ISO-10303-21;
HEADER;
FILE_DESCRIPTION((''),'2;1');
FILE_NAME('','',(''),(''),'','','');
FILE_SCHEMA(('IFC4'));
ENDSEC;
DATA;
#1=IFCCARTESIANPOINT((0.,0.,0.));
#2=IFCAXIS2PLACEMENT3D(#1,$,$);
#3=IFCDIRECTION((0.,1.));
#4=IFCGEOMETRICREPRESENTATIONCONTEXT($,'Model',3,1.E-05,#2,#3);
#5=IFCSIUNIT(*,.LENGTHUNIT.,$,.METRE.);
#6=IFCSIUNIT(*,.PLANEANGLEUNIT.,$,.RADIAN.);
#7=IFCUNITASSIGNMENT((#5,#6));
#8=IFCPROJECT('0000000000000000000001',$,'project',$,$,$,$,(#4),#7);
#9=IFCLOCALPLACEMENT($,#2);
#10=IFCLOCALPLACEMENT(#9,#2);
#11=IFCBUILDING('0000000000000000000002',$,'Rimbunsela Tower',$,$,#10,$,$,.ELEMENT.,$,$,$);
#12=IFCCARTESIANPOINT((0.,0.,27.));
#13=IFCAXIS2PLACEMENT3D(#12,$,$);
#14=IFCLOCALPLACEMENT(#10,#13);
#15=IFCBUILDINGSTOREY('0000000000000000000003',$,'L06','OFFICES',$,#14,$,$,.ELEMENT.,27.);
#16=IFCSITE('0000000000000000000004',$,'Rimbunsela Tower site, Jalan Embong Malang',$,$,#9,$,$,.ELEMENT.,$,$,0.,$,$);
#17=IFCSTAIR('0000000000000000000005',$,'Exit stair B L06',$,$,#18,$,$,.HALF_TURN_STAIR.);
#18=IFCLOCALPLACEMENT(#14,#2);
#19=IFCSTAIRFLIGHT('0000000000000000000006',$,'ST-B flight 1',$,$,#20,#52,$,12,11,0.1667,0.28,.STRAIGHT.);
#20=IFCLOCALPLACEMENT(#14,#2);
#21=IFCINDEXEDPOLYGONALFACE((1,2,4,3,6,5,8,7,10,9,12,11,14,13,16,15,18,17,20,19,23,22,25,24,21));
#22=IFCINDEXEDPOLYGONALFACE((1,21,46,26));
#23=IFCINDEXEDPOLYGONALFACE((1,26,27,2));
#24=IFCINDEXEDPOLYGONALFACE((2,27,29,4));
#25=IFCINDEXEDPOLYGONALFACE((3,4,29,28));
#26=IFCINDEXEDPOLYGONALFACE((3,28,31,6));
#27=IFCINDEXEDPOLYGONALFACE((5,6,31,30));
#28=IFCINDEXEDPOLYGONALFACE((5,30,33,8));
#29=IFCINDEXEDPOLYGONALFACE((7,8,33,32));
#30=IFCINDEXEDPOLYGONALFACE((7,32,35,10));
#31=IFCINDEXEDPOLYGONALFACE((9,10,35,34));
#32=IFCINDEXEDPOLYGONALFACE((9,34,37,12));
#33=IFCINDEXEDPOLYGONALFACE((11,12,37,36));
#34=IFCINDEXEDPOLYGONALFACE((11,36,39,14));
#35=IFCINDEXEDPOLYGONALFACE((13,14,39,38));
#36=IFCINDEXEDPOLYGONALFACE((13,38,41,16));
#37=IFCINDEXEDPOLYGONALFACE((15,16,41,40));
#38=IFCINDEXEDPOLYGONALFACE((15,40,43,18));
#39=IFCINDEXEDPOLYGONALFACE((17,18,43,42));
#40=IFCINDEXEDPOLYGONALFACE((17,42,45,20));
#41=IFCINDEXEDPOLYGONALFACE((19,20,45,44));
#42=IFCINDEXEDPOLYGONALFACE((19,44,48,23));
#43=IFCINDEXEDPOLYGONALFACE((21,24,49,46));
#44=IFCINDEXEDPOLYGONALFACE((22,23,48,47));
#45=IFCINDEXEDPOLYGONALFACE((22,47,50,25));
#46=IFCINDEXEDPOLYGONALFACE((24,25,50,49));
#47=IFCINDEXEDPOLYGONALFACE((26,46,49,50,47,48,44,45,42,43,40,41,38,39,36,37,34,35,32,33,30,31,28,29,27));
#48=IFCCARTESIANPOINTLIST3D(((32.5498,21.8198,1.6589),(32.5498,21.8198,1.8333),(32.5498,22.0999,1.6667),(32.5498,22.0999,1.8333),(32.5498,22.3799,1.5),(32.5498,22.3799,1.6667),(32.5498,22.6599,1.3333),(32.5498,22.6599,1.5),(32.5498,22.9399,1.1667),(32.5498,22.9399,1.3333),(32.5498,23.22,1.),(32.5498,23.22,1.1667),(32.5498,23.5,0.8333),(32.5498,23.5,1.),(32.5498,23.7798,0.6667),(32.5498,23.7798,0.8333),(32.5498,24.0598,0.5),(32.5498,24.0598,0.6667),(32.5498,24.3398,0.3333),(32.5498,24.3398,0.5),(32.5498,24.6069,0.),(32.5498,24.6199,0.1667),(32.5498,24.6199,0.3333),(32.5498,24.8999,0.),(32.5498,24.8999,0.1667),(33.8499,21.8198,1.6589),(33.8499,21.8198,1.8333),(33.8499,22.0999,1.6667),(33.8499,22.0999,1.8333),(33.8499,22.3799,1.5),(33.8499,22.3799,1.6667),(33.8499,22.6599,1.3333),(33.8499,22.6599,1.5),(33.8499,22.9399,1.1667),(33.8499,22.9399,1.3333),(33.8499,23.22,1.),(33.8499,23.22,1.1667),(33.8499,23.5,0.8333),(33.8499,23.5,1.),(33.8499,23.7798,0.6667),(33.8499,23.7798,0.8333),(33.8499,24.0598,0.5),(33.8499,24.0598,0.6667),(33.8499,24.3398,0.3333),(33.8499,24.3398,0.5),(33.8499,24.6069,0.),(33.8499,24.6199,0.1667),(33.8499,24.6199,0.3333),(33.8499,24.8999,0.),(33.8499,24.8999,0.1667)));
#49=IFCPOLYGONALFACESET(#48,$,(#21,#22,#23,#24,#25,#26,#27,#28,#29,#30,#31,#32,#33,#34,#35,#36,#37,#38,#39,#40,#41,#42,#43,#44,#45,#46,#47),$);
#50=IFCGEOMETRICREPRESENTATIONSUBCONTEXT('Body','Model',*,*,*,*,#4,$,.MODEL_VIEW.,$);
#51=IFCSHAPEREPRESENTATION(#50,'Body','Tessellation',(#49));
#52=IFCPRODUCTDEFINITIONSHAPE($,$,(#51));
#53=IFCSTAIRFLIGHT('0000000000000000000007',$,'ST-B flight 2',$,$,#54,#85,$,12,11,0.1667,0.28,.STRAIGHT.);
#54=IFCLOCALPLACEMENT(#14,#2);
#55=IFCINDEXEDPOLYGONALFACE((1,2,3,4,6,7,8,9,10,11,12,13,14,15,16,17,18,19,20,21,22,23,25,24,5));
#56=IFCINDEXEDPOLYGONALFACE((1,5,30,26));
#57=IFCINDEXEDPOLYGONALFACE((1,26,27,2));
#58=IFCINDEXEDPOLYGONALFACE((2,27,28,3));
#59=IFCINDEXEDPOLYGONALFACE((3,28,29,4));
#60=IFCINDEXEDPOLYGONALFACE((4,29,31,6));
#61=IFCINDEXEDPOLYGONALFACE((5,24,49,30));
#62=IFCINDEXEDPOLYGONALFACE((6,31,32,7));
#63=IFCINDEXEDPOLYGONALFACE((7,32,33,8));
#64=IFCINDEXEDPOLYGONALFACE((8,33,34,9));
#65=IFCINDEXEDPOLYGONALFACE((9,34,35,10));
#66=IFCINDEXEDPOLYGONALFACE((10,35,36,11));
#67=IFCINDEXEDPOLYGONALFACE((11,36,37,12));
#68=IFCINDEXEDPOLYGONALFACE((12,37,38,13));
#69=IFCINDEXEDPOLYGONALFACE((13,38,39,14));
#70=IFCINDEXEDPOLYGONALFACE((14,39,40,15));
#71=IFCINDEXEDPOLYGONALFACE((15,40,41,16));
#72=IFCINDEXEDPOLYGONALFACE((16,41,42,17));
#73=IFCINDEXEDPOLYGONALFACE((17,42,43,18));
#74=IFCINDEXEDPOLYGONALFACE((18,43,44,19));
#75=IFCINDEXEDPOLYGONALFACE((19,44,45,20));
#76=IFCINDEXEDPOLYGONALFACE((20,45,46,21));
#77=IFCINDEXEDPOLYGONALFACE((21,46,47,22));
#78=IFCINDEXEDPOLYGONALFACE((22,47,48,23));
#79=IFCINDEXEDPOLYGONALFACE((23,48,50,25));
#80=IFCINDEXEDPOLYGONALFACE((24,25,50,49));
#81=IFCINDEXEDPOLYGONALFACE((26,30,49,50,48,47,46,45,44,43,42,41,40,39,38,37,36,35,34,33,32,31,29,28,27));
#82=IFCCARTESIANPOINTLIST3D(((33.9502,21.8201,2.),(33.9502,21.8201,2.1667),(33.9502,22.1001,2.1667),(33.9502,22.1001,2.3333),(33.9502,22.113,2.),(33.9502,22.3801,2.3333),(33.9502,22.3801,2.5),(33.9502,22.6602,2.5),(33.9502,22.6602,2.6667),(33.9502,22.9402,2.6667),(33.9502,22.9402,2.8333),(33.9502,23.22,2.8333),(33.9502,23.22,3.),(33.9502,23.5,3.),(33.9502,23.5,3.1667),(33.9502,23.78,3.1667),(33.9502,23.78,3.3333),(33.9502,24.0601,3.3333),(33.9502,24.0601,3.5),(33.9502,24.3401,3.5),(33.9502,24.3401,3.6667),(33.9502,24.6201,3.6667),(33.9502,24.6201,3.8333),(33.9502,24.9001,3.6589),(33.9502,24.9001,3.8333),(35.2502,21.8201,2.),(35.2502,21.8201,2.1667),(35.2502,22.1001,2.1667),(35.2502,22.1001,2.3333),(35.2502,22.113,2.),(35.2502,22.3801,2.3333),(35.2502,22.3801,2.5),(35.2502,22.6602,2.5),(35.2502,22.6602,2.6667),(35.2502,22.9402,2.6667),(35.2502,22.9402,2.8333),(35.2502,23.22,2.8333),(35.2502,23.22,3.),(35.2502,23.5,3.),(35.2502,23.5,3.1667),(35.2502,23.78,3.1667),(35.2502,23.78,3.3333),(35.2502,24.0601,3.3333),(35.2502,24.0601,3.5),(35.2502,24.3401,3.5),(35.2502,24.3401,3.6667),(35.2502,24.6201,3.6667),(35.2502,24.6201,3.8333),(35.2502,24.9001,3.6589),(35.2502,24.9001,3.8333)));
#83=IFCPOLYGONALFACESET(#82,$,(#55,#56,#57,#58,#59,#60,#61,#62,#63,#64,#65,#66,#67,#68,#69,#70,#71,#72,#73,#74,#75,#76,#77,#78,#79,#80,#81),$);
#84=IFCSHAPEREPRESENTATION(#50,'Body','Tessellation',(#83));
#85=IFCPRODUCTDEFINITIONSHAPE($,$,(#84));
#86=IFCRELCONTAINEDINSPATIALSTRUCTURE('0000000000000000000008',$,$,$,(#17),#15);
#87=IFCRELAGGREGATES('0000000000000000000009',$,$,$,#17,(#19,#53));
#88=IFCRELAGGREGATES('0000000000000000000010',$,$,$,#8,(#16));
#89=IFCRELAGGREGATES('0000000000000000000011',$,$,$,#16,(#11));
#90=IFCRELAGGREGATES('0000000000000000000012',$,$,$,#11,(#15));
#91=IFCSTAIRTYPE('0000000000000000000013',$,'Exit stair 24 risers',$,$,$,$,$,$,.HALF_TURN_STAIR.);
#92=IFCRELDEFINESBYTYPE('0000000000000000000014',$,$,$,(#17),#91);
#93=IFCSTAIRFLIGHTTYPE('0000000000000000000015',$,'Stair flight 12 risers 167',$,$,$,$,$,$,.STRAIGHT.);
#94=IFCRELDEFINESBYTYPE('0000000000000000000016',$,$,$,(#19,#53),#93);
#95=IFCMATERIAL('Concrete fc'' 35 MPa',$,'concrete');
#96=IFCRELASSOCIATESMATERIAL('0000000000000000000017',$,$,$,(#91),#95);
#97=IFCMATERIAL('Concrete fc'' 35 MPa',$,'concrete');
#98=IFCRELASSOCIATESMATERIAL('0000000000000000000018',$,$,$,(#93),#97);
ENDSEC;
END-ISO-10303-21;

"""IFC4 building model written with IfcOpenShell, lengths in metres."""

from ifc_helpers import new_model, si_unit, direction, frame, origin, place, context, subcontext, project, spatial, polyline, outline, extrude, material, type_object, element, aggregate, save


model = new_model("IFC4")

# Units and contexts
model_context = context("Model", 3, precision=1e-05, world=origin(), true_north=direction((0.0, 1.0)))
body_context = subcontext(model_context, "Body", "Model", "MODEL_VIEW")
ifc_project = project(units=[si_unit("LENGTHUNIT", "METRE"), si_unit("PLANEANGLEUNIT", "RADIAN")], contexts=[model_context])

# Site, building, storey
site_placement = place(None, origin())
site = spatial("IfcSite", under=ifc_project, at=site_placement, Name="Rimbunsela Tower site, Jalan Embong Malang", CompositionType="ELEMENT", RefElevation=0.0)
building_placement = place(site_placement, origin())
building = spatial("IfcBuilding", under=site, at=building_placement, Name="Rimbunsela Tower", CompositionType="ELEMENT")
storey_placement = place(building_placement, frame((0.0, 0.0, 27.0)))
storey = spatial("IfcBuildingStorey", under=building, at=storey_placement, Name="L06", Description="OFFICES", CompositionType="ELEMENT", Elevation=27.0)

# Stair, stair flights
ifc_material_1 = material(Name="Concrete fc' 35 MPa", Category="concrete")
stair_type = type_object("IfcStairType", Name="Exit stair 24 risers", PredefinedType="HALF_TURN_STAIR", material=ifc_material_1)
stair_placement = place(storey_placement, origin())
stair = element("IfcStair", 1, at=stair_placement, inside=storey, type_object=stair_type, Name="Exit stair B L06", PredefinedType="HALF_TURN_STAIR")
ifc_material_2 = material(Name="Concrete fc' 35 MPa", Category="concrete")
stair_flight_type = type_object("IfcStairFlightType", Name="Stair flight 12 risers 167", PredefinedType="STRAIGHT", material=ifc_material_2)
stair_flight_1_placement = place(storey_placement, frame((33.2, 24.8999, 0.0), z_axis=(0.0, 0.0, 1.0), x_axis=(0.0, -1.0, 0.0)))
stair_flight_1 = element("IfcStairFlight", 2, at=stair_flight_1_placement, type_object=stair_flight_type, Name="ST-B flight 1", NumberOfRisers=12, NumberOfTreads=11, PredefinedType="STRAIGHT", RiserHeight=0.1667, TreadLength=0.28, context=body_context, shape_type="SweptSolid", body=[
    extrude(outline(polyline([(0.0, 0.0), (0.0, 0.1667), (0.28, 0.1667), (0.28, 0.3333), (0.5601, 0.3333), (0.5601, 0.5), (0.8401, 0.5), (0.8401, 0.6667), (1.1201, 0.6667), (1.1201, 0.8333), (1.3999, 0.8333), (1.3999, 1.0), (1.6799, 1.0), (1.6799, 1.1667), (1.96, 1.1667), (1.96, 1.3333), (2.24, 1.3333), (2.24, 1.5), (2.52, 1.5), (2.52, 1.6667), (2.8, 1.6667), (2.8, 1.8333), (3.0801, 1.8333), (3.0801, 2.0), (3.0801, 1.6589), (0.293, 0.0), (0.0, 0.0)])), frame((0.0, 0.6499, 0.0), z_axis=(0.0, -1.0, 0.0), x_axis=(1.0, 0.0, 0.0)), (0.0, 0.0, 1.0), 1.3),
])
stair_flight_2_placement = place(storey_placement, frame((34.6001, 21.8201, 2.0), z_axis=(0.0, 0.0, 1.0), x_axis=(0.0, 1.0, 0.0)))
stair_flight_2 = element("IfcStairFlight", 3, at=stair_flight_2_placement, type_object=stair_flight_type, Name="ST-B flight 2", NumberOfRisers=12, NumberOfTreads=11, PredefinedType="STRAIGHT", RiserHeight=0.1667, TreadLength=0.28, context=body_context, shape_type="SweptSolid", body=[
    extrude(outline(polyline([(0.0, 0.0), (0.0, 0.1667), (0.28, 0.1667), (0.28, 0.3333), (0.5601, 0.3333), (0.5601, 0.5), (0.8401, 0.5), (0.8401, 0.6667), (1.1201, 0.6667), (1.1201, 0.8333), (1.3999, 0.8333), (1.3999, 1.0), (1.6799, 1.0), (1.6799, 1.1667), (1.96, 1.1667), (1.96, 1.3333), (2.24, 1.3333), (2.24, 1.5), (2.52, 1.5), (2.52, 1.6667), (2.8, 1.6667), (2.8, 1.8333), (3.0801, 1.8333), (3.0801, 2.0), (3.0801, 1.6589), (0.293, 0.0), (0.0, 0.0)])), frame((0.0, 0.6499, 0.0), z_axis=(0.0, -1.0, 0.0), x_axis=(1.0, 0.0, 0.0)), (0.0, 0.0, 1.0), 1.3),
])
aggregate(stair, [stair_flight_1, stair_flight_2])

save(model, "model.ifc")
